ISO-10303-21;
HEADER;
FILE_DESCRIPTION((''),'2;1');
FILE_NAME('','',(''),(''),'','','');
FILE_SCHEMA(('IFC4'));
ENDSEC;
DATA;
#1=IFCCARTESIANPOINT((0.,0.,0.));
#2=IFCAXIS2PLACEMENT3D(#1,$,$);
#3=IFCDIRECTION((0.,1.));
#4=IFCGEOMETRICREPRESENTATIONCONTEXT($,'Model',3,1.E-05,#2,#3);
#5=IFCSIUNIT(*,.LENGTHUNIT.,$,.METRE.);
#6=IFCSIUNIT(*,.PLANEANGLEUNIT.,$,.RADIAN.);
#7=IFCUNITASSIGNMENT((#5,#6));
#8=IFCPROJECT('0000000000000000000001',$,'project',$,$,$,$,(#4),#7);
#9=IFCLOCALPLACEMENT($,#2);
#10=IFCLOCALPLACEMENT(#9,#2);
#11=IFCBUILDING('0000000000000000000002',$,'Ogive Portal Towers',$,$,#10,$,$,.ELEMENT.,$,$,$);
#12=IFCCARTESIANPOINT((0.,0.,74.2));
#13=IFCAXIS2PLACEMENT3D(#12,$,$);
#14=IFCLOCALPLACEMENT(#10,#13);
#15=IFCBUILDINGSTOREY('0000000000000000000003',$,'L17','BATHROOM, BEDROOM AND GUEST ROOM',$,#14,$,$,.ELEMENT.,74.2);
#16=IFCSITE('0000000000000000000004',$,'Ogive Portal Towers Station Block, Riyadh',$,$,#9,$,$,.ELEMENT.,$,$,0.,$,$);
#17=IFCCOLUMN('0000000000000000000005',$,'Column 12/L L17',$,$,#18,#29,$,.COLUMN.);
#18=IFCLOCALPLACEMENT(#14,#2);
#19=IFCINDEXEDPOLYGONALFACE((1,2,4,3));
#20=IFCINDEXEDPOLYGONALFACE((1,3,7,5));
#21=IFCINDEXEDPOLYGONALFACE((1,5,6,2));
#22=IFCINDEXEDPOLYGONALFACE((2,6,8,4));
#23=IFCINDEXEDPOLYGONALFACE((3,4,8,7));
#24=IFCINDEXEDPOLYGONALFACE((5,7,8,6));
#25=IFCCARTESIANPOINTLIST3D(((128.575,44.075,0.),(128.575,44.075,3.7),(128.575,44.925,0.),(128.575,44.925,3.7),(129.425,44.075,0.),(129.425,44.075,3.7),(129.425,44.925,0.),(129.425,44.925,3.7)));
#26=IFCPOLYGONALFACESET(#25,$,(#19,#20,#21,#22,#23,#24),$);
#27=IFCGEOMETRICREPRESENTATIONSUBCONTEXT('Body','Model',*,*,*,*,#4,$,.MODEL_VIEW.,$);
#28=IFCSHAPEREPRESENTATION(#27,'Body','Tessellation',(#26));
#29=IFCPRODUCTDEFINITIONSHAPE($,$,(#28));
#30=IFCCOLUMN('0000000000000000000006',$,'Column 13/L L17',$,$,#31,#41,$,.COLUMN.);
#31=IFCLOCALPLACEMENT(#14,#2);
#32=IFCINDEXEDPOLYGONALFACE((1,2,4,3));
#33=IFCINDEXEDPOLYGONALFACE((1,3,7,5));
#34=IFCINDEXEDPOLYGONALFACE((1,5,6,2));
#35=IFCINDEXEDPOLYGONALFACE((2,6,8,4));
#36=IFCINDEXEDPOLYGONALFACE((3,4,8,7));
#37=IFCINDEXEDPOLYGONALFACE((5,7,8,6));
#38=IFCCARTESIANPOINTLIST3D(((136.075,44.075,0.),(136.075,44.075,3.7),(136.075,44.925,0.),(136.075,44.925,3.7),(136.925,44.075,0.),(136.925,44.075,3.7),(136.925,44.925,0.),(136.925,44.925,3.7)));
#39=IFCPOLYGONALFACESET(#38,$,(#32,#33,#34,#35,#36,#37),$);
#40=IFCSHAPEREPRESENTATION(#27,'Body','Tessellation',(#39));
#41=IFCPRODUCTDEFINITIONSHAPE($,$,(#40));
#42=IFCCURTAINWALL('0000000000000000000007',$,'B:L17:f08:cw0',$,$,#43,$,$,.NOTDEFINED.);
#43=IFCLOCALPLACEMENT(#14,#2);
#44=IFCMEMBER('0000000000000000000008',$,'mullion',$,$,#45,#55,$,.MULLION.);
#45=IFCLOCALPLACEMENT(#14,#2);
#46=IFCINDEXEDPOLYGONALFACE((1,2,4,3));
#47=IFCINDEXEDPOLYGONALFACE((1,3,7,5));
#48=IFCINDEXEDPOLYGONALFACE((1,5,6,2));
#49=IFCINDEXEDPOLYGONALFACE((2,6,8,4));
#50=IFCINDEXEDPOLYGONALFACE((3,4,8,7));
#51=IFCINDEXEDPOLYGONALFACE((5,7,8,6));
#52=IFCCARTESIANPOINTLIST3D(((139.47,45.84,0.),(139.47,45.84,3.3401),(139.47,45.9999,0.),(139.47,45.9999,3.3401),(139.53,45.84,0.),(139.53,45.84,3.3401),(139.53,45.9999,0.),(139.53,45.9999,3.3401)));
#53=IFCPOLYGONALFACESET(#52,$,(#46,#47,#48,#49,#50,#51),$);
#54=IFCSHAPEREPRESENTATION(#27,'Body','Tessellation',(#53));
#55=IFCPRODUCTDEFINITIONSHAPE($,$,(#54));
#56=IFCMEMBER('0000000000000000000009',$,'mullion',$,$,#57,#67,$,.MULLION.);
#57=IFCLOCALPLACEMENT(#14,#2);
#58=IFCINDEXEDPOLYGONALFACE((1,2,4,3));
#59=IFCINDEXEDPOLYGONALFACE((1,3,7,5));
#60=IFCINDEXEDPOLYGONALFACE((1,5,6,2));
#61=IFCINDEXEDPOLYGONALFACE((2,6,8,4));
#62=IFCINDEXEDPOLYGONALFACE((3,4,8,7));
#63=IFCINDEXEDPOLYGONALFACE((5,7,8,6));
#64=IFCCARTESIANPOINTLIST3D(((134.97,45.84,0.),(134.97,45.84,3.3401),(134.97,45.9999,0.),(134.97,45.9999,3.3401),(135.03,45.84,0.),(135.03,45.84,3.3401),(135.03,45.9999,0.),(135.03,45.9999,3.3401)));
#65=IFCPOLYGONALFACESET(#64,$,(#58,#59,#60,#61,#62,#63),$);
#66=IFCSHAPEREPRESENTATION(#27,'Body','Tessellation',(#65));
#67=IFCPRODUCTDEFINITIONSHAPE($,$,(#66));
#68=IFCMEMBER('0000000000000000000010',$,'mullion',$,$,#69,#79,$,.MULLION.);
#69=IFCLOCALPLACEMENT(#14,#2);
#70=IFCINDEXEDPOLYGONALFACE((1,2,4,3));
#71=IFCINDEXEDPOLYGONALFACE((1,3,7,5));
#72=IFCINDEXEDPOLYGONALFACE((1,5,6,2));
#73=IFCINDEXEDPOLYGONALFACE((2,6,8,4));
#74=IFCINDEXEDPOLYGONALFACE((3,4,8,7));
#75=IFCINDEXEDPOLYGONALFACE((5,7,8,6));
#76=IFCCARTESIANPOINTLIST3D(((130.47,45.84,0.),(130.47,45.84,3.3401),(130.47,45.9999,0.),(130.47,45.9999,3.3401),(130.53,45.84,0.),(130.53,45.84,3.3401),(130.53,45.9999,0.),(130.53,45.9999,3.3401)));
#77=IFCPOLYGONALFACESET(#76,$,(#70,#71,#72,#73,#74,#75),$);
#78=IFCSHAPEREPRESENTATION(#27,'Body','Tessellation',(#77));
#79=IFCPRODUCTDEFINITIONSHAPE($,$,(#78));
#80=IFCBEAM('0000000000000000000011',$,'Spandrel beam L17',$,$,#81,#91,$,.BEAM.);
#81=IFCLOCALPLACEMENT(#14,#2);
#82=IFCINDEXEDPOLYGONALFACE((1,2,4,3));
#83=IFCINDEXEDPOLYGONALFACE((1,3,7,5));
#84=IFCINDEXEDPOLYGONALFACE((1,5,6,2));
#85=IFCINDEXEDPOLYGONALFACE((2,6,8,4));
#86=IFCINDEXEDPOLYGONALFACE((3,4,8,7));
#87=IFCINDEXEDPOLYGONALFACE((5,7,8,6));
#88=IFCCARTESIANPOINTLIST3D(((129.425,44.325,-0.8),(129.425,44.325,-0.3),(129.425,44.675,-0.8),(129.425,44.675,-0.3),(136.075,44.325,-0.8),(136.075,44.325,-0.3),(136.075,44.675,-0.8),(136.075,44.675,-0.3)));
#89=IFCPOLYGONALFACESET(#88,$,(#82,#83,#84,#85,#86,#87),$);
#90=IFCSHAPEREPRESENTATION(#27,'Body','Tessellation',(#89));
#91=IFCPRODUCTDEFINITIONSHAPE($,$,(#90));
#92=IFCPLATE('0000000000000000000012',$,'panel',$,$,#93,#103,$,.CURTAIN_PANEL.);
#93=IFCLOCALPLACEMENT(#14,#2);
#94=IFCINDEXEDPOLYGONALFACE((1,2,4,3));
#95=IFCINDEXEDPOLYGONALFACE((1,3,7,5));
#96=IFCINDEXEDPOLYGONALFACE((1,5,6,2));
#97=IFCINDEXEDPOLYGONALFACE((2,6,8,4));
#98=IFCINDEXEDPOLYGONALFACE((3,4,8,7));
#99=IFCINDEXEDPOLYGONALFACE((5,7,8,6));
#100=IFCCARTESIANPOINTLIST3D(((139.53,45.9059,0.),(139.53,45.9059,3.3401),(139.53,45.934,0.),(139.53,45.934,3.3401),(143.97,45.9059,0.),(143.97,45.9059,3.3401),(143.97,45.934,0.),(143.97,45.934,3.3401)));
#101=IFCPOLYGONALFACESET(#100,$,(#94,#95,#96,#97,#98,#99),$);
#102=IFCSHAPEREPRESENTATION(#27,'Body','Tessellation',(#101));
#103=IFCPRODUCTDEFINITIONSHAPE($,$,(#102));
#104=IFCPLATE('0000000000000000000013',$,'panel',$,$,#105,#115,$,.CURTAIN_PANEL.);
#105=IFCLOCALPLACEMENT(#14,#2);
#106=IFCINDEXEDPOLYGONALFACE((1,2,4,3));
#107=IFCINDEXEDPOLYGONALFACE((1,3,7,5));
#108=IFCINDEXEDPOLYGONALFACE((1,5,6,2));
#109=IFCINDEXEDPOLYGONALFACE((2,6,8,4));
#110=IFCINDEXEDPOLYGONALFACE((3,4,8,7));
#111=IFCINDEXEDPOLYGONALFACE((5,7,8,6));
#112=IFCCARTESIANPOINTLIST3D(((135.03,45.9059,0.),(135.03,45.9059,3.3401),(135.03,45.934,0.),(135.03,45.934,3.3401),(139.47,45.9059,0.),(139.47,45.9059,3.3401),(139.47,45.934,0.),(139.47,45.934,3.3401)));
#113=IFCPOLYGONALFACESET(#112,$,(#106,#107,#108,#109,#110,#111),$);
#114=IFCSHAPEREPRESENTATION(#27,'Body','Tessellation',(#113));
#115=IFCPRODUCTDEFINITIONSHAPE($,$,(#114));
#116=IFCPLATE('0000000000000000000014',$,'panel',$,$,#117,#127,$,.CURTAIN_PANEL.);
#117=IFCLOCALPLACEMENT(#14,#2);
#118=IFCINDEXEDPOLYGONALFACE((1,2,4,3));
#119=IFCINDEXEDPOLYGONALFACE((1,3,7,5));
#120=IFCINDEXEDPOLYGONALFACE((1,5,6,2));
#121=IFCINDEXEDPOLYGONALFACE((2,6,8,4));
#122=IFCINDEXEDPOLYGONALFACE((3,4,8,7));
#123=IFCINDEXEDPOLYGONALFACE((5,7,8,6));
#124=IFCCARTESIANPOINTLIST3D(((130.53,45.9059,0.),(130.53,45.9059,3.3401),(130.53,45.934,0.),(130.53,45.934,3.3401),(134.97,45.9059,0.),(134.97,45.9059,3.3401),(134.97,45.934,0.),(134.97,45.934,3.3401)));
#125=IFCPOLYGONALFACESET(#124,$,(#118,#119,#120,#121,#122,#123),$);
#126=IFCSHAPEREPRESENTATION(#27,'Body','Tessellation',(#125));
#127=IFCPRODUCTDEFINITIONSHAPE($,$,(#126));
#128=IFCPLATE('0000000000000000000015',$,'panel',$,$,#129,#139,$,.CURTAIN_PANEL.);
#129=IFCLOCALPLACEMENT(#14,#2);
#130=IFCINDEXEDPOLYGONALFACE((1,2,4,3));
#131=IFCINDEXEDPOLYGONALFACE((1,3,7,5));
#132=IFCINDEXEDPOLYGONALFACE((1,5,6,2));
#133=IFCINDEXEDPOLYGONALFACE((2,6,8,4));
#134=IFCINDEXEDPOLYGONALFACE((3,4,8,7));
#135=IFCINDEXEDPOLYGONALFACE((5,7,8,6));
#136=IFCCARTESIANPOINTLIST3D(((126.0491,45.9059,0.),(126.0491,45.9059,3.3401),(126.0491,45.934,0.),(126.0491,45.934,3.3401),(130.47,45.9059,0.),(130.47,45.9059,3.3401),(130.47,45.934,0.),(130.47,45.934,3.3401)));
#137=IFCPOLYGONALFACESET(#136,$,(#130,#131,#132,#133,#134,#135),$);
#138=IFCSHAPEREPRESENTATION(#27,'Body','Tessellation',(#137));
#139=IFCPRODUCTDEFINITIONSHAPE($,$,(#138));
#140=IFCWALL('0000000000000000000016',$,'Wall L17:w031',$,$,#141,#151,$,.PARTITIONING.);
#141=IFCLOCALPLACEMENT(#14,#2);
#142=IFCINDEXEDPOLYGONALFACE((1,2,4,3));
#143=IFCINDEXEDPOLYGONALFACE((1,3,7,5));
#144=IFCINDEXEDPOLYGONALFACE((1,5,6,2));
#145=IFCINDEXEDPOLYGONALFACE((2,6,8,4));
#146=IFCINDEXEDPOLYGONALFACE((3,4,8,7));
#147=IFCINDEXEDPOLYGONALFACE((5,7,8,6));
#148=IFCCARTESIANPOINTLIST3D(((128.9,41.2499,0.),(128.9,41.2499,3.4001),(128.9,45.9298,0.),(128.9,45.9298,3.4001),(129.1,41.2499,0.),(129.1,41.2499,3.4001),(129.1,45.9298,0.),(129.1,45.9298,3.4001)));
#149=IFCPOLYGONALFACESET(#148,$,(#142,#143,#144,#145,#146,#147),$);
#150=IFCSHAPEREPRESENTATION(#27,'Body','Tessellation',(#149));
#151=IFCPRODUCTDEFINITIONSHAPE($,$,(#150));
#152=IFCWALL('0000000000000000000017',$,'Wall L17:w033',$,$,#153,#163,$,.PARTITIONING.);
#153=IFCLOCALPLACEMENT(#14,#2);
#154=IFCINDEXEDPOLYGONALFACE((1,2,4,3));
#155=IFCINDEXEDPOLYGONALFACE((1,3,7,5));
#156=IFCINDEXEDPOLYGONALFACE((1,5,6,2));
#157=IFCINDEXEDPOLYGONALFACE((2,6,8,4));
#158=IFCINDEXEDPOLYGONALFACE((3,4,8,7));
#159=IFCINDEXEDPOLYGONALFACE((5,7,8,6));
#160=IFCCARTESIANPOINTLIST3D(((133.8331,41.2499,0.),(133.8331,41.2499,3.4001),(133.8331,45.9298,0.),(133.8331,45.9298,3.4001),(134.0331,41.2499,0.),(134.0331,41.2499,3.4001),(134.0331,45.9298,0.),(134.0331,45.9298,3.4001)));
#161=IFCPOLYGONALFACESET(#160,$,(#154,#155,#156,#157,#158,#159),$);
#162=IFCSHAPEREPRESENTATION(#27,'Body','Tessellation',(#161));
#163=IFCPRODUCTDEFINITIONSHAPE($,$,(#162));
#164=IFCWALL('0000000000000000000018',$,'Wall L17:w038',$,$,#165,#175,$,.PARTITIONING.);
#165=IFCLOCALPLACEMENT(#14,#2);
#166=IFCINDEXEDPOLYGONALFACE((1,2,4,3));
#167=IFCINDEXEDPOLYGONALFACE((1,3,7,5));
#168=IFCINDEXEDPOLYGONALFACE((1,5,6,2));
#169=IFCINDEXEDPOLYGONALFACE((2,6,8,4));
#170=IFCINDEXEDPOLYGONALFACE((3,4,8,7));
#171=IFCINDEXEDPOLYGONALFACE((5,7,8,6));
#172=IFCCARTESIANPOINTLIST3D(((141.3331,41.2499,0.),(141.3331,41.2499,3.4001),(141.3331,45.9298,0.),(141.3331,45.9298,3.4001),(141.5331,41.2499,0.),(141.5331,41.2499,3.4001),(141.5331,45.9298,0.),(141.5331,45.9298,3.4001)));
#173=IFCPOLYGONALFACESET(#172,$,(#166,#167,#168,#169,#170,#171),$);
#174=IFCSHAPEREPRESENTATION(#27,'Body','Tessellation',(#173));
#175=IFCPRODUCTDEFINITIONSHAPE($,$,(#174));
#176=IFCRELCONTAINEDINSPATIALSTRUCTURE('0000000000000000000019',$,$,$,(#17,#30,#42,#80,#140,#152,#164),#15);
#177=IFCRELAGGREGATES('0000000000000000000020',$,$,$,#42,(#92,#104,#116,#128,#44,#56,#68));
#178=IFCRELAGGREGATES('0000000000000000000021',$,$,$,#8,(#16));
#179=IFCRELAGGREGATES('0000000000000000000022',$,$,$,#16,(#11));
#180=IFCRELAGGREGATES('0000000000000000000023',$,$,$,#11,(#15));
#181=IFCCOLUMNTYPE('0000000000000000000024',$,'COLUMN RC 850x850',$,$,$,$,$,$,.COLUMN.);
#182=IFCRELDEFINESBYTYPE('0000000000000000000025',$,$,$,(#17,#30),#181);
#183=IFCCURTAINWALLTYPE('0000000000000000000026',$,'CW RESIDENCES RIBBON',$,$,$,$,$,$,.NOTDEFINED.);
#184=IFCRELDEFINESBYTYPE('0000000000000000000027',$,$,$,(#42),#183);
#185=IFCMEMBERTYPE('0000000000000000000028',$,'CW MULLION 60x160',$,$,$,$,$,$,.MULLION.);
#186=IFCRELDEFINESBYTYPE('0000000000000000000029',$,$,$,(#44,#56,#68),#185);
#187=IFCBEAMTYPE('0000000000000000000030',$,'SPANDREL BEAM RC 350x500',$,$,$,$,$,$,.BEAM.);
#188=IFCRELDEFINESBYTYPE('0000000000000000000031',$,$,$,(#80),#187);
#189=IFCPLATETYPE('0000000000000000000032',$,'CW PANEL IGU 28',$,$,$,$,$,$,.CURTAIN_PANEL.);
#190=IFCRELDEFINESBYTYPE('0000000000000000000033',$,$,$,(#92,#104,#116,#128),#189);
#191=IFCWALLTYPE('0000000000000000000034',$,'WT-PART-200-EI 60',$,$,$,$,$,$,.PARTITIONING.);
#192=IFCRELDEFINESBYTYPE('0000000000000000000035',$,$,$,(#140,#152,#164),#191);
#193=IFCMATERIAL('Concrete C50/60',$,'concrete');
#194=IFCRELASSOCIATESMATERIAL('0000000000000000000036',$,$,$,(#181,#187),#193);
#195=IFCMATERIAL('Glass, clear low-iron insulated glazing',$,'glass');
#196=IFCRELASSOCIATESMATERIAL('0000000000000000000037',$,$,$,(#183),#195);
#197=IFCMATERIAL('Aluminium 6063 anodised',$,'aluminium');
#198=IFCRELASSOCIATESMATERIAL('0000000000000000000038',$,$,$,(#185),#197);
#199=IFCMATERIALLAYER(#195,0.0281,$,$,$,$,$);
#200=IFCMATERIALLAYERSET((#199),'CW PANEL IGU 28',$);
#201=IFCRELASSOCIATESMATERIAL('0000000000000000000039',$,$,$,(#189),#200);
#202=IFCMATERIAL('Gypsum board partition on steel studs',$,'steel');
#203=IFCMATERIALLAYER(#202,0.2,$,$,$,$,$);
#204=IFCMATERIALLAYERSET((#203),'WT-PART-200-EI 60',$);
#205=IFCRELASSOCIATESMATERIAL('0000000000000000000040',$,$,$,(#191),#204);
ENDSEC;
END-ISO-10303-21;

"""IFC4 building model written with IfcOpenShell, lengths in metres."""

from ifc_helpers import new_model, si_unit, direction, frame, frame_2d, origin, origin_2d, place, context, subcontext, project, spatial, rectangle, extrude, material, layer, layer_set, material_profile, profile_set, type_object, element, aggregate, save


model = new_model("IFC4")

# Units and contexts
model_context = context("Model", 3, precision=1e-05, world=origin(), true_north=direction((0.0, 1.0)))
body_context = subcontext(model_context, "Body", "Model", "MODEL_VIEW")
ifc_project = project(units=[si_unit("LENGTHUNIT", "METRE"), si_unit("PLANEANGLEUNIT", "RADIAN")], contexts=[model_context])

# Site, building, storey
site_placement = place(None, origin())
site = spatial("IfcSite", under=ifc_project, at=site_placement, Name="Ogive Portal Towers Station Block, Riyadh", CompositionType="ELEMENT", RefElevation=0.0)
building_placement = place(site_placement, origin())
building = spatial("IfcBuilding", under=site, at=building_placement, Name="Ogive Portal Towers", CompositionType="ELEMENT")
storey_placement = place(building_placement, frame((0.0, 0.0, 74.2)))
storey = spatial("IfcBuildingStorey", under=building, at=storey_placement, Name="L17", Description="BATHROOM, BEDROOM AND GUEST ROOM", CompositionType="ELEMENT", Elevation=74.2)

# Columns
ifc_material_1 = material(Name="Concrete C50/60", Category="concrete")
ifc_material_profile_1 = material_profile(ifc_material_1, rectangle(XDim=0.8501, YDim=0.8501, at=origin_2d()), Name="RC 850x850")
ifc_profile_set_1 = profile_set([ifc_material_profile_1], Name="Concrete C50/60")
column_type = type_object("IfcColumnType", Name="COLUMN RC 850x850", PredefinedType="COLUMN", material=ifc_profile_set_1)
for number, where, z_axis, x_axis, name in (
    (1, (129.0, 44.5, 0.0), (0.0, 0.0, 1.0), (1.0, 0.0, 0.0), "Column 12/L L17"),
    (2, (136.5, 44.5, 0.0), (0.0, 0.0, 1.0), (1.0, 0.0, 0.0), "Column 13/L L17"),
):
    element("IfcColumn", number, at=place(storey_placement, frame(where, z_axis=z_axis, x_axis=x_axis)), inside=storey, type_object=column_type, Name=name, PredefinedType="COLUMN", context=body_context, shape_type="SweptSolid", body=[
        extrude(rectangle(XDim=0.8501, YDim=0.8501, at=origin_2d()), origin(), (0.0, 0.0, 1.0), 3.7),
    ])

# Curtain wall, members
ifc_material_2 = material(Name="Glass, clear low-iron insulated glazing", Category="glass")
curtain_wall_type = type_object("IfcCurtainWallType", Name="CW RESIDENCES RIBBON", PredefinedType="NOTDEFINED", material=ifc_material_2)
curtain_wall_placement = place(storey_placement, origin())
curtain_wall = element("IfcCurtainWall", 3, at=curtain_wall_placement, inside=storey, type_object=curtain_wall_type, Name="B:L17:f08:cw0", PredefinedType="NOTDEFINED")
ifc_material_3 = material(Name="Aluminium 6063 anodised", Category="aluminium")
ifc_material_profile_2 = material_profile(ifc_material_3, rectangle(XDim=0.1599, YDim=0.0601, at=origin_2d()), Name="AL 60x160")
ifc_profile_set_2 = profile_set([ifc_material_profile_2], Name="Aluminium 6063 anodised")
member_type = type_object("IfcMemberType", Name="CW MULLION 60x160", PredefinedType="MULLION", material=ifc_profile_set_2)
member_1_placement = place(storey_placement, frame((139.5, 45.9199, 0.0), z_axis=(0.0, 0.0, 1.0), x_axis=(0.0, -1.0, 0.0)))
member_1 = element("IfcMember", 4, at=member_1_placement, type_object=member_type, Name="mullion", PredefinedType="MULLION", context=body_context, shape_type="SweptSolid", body=[
    extrude(rectangle(XDim=0.1599, YDim=0.0601, at=origin_2d()), origin(), (0.0, 0.0, 1.0), 3.3401),
])
member_2_placement = place(storey_placement, frame((135.0, 45.9199, 0.0), z_axis=(0.0, 0.0, 1.0), x_axis=(0.0, -1.0, 0.0)))
member_2 = element("IfcMember", 5, at=member_2_placement, type_object=member_type, Name="mullion", PredefinedType="MULLION", context=body_context, shape_type="SweptSolid", body=[
    extrude(rectangle(XDim=0.1599, YDim=0.0601, at=origin_2d()), origin(), (0.0, 0.0, 1.0), 3.3401),
])
member_3_placement = place(storey_placement, frame((130.5, 45.9199, 0.0), z_axis=(0.0, 0.0, 1.0), x_axis=(0.0, -1.0, 0.0)))
member_3 = element("IfcMember", 6, at=member_3_placement, type_object=member_type, Name="mullion", PredefinedType="MULLION", context=body_context, shape_type="SweptSolid", body=[
    extrude(rectangle(XDim=0.1599, YDim=0.0601, at=origin_2d()), origin(), (0.0, 0.0, 1.0), 3.3401),
])

# Beam
ifc_material_profile_3 = material_profile(ifc_material_1, rectangle(XDim=0.3501, YDim=0.5, at=origin_2d()), Name="RC 350x500")
ifc_profile_set_3 = profile_set([ifc_material_profile_3], Name="Concrete C50/60")
beam_type = type_object("IfcBeamType", Name="SPANDREL BEAM RC 350x500", PredefinedType="BEAM", material=ifc_profile_set_3)
beam_placement = place(storey_placement, frame((136.075, 44.5, -0.55), z_axis=(-1.0, 0.0, 0.0), x_axis=(0.0, -1.0, 0.0)))
element("IfcBeam", 7, at=beam_placement, inside=storey, type_object=beam_type, Name="Spandrel beam L17", PredefinedType="BEAM", context=body_context, shape_type="SweptSolid", body=[
    extrude(rectangle(XDim=0.3501, YDim=0.5, at=origin_2d()), origin(), (0.0, 0.0, 1.0), 6.6499),
])

# Plates
ifc_layer_1 = layer(ifc_material_2, 0.0281)
ifc_layer_set_1 = layer_set([ifc_layer_1], Name="CW PANEL IGU 28")
plate_type = type_object("IfcPlateType", Name="CW PANEL IGU 28", PredefinedType="CURTAIN_PANEL", material=ifc_layer_set_1)
plate_1_placement = place(storey_placement, frame((141.75, 45.9199, 0.0), z_axis=(0.0, 0.0, 1.0), x_axis=(-1.0, 0.0, 0.0)))
plate_1 = element("IfcPlate", 8, at=plate_1_placement, type_object=plate_type, Name="panel", PredefinedType="CURTAIN_PANEL", context=body_context, shape_type="SweptSolid", body=[
    extrude(rectangle(XDim=4.4399, YDim=0.0281, at=origin_2d()), origin(), (0.0, 0.0, 1.0), 3.3401),
])
plate_2_placement = place(storey_placement, frame((137.25, 45.9199, 0.0), z_axis=(0.0, 0.0, 1.0), x_axis=(-1.0, 0.0, 0.0)))
plate_2 = element("IfcPlate", 9, at=plate_2_placement, type_object=plate_type, Name="panel", PredefinedType="CURTAIN_PANEL", context=body_context, shape_type="SweptSolid", body=[
    extrude(rectangle(XDim=4.4399, YDim=0.0281, at=origin_2d()), origin(), (0.0, 0.0, 1.0), 3.3401),
])
plate_3_placement = place(storey_placement, frame((132.75, 45.9199, 0.0), z_axis=(0.0, 0.0, 1.0), x_axis=(-1.0, 0.0, 0.0)))
plate_3 = element("IfcPlate", 10, at=plate_3_placement, type_object=plate_type, Name="panel", PredefinedType="CURTAIN_PANEL", context=body_context, shape_type="SweptSolid", body=[
    extrude(rectangle(XDim=4.4399, YDim=0.0281, at=origin_2d()), origin(), (0.0, 0.0, 1.0), 3.3401),
])
plate_4_placement = place(storey_placement, frame((128.2595, 45.9199, 0.0), z_axis=(0.0, 0.0, 1.0), x_axis=(-1.0, 0.0, 0.0)))
plate_4 = element("IfcPlate", 11, at=plate_4_placement, type_object=plate_type, Name="panel", PredefinedType="CURTAIN_PANEL", context=body_context, shape_type="SweptSolid", body=[
    extrude(rectangle(XDim=4.4209, YDim=0.0281, at=origin_2d()), origin(), (0.0, 0.0, 1.0), 3.3401),
])
aggregate(curtain_wall, [plate_1, plate_2, plate_3, plate_4, member_1, member_2, member_3])

# Walls
ifc_material_4 = material(Name="Gypsum board partition on steel studs", Category="steel")
ifc_layer_2 = layer(ifc_material_4, 0.2)
ifc_layer_set_2 = layer_set([ifc_layer_2], Name="WT-PART-200-EI 60")
wall_type = type_object("IfcWallType", Name="WT-PART-200-EI 60", PredefinedType="PARTITIONING", material=ifc_layer_set_2)
for number, where, z_axis, x_axis, name in (
    (12, (129.0, 41.25, 0.0), (0.0, 0.0, 1.0), (0.0, 1.0, 0.0), "Wall L17:w031"),
    (13, (133.9331, 41.25, 0.0), (0.0, 0.0, 1.0), (0.0, 1.0, 0.0), "Wall L17:w033"),
    (14, (141.4331, 41.25, 0.0), (0.0, 0.0, 1.0), (0.0, 1.0, 0.0), "Wall L17:w038"),
):
    element("IfcWall", number, at=place(storey_placement, frame(where, z_axis=z_axis, x_axis=x_axis)), inside=storey, type_object=wall_type, Name=name, PredefinedType="PARTITIONING", context=body_context, shape_type="SweptSolid", body=[
        extrude(rectangle(XDim=4.6799, YDim=0.2, at=frame_2d((2.3398, 0.0))), origin(), (0.0, 0.0, 1.0), 3.4001),
    ])

save(model, "model.ifc")
